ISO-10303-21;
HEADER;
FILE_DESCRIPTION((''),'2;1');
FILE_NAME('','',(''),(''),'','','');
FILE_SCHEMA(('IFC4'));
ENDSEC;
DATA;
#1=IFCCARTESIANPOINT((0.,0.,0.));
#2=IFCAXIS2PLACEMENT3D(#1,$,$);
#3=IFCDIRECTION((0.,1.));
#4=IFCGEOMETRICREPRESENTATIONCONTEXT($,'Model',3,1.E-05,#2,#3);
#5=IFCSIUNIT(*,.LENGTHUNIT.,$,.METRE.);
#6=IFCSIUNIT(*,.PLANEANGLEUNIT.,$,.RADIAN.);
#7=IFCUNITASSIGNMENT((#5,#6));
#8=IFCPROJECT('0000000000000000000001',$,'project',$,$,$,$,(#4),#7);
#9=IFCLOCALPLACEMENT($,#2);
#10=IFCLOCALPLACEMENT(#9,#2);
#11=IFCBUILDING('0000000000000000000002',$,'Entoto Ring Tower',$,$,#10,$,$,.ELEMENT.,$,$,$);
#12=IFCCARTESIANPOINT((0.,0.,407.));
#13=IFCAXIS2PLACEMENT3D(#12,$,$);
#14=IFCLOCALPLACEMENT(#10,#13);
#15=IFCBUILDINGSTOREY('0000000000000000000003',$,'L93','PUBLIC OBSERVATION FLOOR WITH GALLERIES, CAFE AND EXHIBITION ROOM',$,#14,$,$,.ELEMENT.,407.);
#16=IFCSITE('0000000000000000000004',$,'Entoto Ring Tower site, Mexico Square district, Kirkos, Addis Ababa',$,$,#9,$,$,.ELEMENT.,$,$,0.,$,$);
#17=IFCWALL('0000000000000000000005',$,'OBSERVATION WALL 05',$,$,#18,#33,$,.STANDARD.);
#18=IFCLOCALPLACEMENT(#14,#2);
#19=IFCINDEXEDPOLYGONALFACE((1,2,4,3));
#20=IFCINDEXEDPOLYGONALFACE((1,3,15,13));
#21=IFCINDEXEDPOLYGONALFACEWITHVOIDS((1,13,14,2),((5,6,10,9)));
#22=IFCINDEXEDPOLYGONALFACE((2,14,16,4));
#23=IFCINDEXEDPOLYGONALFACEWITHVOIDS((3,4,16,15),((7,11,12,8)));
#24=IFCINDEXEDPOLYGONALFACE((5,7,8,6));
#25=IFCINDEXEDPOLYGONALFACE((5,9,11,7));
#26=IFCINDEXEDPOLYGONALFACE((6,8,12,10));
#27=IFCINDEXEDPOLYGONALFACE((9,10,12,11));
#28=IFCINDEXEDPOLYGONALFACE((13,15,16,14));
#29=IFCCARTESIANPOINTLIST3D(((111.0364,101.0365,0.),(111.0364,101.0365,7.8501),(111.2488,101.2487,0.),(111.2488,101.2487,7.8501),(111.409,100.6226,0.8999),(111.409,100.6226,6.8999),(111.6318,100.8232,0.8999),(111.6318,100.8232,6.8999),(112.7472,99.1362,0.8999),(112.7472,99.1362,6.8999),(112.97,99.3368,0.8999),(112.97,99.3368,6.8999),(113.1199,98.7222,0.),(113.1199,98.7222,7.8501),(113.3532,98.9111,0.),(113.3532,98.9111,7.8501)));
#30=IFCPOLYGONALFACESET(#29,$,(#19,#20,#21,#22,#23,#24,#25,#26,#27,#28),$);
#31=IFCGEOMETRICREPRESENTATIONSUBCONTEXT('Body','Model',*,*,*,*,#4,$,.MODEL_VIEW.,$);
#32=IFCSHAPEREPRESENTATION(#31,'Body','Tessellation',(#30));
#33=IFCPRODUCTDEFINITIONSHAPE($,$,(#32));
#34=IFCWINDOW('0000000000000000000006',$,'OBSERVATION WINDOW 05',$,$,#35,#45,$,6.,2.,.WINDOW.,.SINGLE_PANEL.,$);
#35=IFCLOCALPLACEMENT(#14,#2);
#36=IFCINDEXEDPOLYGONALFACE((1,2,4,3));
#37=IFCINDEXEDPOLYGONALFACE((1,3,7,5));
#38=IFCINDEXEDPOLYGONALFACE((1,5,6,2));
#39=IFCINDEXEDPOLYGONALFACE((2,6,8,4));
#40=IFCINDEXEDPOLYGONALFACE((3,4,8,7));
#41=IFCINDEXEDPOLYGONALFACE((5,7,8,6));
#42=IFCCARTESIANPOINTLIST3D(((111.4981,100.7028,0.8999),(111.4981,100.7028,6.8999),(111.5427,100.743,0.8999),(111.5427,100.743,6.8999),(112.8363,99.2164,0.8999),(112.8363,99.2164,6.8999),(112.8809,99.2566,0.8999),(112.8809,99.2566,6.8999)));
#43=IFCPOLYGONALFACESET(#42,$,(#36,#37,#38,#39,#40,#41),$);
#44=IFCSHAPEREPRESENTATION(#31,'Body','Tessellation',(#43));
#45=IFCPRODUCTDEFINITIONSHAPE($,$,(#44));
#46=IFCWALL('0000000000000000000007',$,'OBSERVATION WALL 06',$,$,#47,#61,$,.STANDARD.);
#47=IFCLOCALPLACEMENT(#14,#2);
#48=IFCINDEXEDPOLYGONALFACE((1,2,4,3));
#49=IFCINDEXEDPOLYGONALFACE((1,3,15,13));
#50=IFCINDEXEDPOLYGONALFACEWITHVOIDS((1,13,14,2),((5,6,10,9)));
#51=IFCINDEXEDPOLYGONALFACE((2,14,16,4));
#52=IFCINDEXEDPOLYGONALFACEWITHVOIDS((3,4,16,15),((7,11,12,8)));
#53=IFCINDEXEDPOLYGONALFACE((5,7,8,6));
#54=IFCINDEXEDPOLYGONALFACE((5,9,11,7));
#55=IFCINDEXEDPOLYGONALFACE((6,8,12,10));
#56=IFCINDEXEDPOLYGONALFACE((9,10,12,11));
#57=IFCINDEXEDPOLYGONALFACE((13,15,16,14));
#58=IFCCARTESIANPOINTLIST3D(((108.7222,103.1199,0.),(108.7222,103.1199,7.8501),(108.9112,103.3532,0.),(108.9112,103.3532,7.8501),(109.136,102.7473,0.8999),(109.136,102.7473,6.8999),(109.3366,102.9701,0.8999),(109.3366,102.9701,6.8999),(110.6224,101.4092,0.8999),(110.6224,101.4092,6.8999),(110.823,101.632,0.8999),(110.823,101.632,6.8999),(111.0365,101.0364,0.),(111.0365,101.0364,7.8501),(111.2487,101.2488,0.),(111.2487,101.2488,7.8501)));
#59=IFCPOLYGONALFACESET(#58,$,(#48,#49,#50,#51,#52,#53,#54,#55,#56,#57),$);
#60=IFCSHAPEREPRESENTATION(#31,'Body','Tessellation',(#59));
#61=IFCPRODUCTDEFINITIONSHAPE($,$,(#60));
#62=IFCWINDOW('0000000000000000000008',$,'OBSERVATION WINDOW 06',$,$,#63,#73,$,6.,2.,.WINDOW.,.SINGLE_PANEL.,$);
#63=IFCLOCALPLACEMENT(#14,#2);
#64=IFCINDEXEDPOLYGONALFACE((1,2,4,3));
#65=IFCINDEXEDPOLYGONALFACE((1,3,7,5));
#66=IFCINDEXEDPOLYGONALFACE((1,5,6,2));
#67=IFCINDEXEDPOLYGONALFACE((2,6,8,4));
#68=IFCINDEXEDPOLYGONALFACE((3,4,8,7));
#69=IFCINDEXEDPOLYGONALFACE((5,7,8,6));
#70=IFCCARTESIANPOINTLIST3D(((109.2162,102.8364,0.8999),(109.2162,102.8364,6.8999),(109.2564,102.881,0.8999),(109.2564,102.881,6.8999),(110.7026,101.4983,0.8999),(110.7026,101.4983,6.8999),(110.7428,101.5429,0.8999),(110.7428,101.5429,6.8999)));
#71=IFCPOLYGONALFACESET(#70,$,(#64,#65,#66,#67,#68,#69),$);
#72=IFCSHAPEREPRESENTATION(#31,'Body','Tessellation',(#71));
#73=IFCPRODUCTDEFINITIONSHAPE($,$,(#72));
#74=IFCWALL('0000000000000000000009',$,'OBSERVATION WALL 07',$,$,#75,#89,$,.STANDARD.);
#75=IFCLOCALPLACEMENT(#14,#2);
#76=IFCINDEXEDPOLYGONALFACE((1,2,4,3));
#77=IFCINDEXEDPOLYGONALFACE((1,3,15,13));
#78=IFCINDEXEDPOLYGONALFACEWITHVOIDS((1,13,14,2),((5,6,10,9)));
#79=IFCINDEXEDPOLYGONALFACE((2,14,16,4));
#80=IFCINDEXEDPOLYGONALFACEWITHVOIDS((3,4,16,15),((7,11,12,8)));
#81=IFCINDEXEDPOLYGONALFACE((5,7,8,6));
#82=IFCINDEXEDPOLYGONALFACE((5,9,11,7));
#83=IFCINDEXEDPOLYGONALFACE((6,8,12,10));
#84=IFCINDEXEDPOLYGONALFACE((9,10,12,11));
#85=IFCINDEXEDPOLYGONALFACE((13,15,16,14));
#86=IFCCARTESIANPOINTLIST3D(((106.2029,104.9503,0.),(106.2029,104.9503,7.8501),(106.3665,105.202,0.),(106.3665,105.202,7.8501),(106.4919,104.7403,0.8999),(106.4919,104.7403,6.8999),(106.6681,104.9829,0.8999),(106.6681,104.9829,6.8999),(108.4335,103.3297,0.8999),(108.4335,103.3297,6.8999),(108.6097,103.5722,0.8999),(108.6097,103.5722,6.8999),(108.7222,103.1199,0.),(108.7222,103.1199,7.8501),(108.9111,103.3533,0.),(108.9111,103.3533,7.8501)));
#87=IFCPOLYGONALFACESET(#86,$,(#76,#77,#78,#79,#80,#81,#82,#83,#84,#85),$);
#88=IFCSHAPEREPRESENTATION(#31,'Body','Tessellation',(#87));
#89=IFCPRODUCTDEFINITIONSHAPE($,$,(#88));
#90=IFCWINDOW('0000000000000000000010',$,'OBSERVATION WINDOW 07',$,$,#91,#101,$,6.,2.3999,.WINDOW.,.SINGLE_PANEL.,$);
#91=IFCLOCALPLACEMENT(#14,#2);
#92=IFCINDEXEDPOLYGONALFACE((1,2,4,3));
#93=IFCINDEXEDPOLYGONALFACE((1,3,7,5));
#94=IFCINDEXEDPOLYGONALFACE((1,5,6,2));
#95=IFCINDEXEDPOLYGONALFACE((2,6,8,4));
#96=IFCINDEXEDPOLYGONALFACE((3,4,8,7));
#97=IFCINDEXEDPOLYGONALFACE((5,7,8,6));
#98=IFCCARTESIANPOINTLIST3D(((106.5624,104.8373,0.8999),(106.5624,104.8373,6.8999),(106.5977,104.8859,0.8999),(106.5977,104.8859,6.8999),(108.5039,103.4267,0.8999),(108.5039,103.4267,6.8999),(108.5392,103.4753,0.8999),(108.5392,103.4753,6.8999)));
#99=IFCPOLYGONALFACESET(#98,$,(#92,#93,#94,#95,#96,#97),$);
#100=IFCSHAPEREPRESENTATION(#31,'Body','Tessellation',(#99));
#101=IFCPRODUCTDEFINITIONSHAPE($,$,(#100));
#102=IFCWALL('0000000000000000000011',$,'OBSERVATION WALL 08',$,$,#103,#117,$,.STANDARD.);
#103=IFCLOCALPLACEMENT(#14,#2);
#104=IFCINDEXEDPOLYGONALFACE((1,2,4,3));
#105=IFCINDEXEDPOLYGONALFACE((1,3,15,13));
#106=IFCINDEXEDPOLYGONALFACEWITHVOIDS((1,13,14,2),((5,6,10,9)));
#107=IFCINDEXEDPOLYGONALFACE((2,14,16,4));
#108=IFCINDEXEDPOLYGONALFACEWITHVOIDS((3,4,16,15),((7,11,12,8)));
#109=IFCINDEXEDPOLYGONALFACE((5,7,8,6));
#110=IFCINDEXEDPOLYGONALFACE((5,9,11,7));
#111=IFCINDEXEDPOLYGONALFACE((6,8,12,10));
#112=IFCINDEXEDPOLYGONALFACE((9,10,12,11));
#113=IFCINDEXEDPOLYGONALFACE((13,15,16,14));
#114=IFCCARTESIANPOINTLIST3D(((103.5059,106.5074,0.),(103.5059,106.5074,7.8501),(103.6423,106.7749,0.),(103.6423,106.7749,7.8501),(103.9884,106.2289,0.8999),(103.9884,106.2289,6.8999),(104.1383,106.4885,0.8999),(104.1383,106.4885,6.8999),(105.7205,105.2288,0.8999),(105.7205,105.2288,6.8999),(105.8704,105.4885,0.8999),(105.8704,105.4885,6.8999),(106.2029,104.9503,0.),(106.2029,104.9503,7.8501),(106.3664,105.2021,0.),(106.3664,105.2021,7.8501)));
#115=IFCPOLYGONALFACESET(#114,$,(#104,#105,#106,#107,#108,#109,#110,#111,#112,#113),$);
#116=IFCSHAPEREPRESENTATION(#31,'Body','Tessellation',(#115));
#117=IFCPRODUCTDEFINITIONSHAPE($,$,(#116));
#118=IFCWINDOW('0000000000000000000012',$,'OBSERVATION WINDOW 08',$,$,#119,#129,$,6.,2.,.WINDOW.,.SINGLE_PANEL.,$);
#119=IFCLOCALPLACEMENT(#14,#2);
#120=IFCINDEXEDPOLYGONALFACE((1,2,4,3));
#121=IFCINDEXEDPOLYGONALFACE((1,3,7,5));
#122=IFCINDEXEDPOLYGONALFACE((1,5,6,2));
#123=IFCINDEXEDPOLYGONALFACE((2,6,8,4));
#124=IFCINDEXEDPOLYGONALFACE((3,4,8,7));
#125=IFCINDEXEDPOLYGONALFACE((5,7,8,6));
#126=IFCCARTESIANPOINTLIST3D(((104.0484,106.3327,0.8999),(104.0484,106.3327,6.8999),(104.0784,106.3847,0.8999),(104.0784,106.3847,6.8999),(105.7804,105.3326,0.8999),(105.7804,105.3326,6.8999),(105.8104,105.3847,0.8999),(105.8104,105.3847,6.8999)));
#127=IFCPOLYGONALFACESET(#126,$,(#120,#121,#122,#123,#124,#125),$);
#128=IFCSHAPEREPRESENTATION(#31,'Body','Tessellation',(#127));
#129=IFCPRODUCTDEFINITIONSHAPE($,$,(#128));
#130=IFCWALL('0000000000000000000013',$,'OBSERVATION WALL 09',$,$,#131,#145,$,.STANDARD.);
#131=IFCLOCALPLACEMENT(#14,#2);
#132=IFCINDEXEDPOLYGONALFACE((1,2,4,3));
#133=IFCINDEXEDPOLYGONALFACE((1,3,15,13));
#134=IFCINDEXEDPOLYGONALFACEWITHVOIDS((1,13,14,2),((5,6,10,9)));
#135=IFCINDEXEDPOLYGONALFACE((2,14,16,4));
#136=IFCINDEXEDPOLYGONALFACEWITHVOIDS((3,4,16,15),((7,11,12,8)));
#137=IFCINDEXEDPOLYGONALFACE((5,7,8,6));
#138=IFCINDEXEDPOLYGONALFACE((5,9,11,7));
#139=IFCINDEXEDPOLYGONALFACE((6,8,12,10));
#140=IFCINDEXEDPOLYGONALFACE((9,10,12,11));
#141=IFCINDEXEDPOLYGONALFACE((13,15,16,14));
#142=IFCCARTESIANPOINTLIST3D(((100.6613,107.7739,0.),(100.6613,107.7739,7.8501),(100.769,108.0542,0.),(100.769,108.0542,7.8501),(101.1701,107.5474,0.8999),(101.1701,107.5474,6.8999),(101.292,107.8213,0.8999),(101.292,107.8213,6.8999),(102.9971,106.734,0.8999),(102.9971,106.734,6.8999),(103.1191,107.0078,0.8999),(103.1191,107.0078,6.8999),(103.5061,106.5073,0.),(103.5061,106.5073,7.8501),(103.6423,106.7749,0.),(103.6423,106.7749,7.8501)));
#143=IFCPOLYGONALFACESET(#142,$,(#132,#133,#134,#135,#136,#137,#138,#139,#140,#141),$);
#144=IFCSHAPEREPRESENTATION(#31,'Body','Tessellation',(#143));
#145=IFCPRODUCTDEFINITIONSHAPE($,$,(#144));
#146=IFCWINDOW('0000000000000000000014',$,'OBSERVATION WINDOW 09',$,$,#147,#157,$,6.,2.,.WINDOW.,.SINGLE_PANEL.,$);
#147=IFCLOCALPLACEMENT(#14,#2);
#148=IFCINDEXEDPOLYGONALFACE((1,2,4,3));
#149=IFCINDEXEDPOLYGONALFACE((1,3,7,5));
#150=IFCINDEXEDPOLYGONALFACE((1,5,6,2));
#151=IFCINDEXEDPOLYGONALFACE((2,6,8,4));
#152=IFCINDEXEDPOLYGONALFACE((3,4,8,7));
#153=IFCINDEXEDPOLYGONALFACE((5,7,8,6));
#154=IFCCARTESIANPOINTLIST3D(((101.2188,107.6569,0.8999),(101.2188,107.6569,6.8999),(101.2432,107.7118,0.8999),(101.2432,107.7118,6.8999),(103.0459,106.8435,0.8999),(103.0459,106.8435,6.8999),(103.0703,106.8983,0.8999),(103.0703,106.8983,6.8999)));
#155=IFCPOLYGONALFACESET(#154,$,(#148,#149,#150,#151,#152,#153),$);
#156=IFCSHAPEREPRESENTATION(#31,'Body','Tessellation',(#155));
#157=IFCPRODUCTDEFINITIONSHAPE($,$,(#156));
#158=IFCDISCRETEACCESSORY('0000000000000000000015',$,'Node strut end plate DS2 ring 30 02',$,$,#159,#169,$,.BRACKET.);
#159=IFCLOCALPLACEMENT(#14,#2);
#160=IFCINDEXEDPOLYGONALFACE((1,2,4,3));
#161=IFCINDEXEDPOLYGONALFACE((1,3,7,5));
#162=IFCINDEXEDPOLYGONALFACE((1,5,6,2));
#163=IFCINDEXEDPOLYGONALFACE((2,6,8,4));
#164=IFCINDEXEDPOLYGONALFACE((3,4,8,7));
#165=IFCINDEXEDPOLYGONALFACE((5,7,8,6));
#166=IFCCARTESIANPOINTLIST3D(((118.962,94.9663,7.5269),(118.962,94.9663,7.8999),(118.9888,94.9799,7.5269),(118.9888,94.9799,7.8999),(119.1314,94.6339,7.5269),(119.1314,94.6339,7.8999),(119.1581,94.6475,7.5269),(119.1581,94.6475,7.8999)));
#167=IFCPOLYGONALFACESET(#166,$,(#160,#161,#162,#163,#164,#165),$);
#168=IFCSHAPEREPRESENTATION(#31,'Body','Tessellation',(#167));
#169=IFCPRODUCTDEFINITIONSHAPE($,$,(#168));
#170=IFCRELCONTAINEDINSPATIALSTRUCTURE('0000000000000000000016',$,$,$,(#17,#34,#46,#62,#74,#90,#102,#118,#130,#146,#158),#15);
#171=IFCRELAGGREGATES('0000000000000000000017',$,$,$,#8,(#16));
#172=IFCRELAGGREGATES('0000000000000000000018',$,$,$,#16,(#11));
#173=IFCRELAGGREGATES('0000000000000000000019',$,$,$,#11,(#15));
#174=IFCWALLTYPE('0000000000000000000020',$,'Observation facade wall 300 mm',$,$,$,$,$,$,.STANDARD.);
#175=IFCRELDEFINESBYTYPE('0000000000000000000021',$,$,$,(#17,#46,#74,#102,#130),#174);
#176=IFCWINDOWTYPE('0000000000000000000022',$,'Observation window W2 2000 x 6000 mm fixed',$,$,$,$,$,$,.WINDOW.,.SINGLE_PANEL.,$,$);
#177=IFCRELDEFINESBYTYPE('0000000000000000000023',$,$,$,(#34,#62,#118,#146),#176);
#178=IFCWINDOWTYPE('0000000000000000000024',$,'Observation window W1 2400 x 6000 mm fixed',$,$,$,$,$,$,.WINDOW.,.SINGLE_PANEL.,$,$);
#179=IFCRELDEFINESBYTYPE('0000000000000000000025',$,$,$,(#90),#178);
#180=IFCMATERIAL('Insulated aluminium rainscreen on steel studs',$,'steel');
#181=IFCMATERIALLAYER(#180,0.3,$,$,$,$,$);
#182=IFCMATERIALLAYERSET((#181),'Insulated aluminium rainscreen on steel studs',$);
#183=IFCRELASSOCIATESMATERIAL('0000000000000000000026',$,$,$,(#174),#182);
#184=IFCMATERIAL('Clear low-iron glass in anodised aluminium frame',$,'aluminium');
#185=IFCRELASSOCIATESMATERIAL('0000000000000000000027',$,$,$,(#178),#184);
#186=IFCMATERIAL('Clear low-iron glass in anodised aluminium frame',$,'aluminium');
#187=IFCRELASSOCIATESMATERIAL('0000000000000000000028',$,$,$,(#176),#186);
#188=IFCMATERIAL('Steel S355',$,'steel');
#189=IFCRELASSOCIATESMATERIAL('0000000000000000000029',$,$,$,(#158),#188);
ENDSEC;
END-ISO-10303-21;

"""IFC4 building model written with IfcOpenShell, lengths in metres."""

from ifc_helpers import new_model, si_unit, direction, frame, frame_2d, origin, origin_2d, place, context, subcontext, project, spatial, polyline, rectangle, outline, extrude, material, layer, layer_set, type_object, element, fill, save


model = new_model("IFC4")

# Units and contexts
model_context = context("Model", 3, precision=1e-05, world=origin(), true_north=direction((0.0, 1.0)))
body_context = subcontext(model_context, "Body", "Model", "MODEL_VIEW")
ifc_project = project(units=[si_unit("LENGTHUNIT", "METRE"), si_unit("PLANEANGLEUNIT", "RADIAN")], contexts=[model_context])

# Site, building, storey
site_placement = place(None, origin())
site = spatial("IfcSite", under=ifc_project, at=site_placement, Name="Entoto Ring Tower site, Mexico Square district, Kirkos, Addis Ababa", CompositionType="ELEMENT", RefElevation=0.0)
building_placement = place(site_placement, origin())
building = spatial("IfcBuilding", under=site, at=building_placement, Name="Entoto Ring Tower", CompositionType="ELEMENT")
storey_placement = place(building_placement, frame((0.0, 0.0, 407.0)))
storey = spatial("IfcBuildingStorey", under=building, at=storey_placement, Name="L93", Description="PUBLIC OBSERVATION FLOOR WITH GALLERIES, CAFE AND EXHIBITION ROOM", CompositionType="ELEMENT", Elevation=407.0)

# Walls, openings, windows
ifc_material_1 = material(Name="Insulated aluminium rainscreen on steel studs", Category="steel")
ifc_layer = layer(ifc_material_1, 0.3)
ifc_layer_set = layer_set([ifc_layer], Name="Insulated aluminium rainscreen on steel studs")
wall_type = type_object("IfcWallType", Name="Observation facade wall 300 mm", PredefinedType="STANDARD", material=ifc_layer_set)
ifc_material_2 = material(Name="Clear low-iron glass in anodised aluminium frame", Category="aluminium")
window_type_1 = type_object("IfcWindowType", Name="Observation window W1 2400 x 6000 mm fixed", PartitioningType="SINGLE_PANEL", PredefinedType="WINDOW", material=ifc_material_2)
wall_1_placement = place(storey_placement, frame((113.2366, 98.8167, 0.0), z_axis=(0.0, 0.0, 1.0), x_axis=(-0.669081, 0.743189, 0.0)))
wall_1 = element("IfcWall", 1, at=wall_1_placement, inside=storey, type_object=wall_type, Name="OBSERVATION WALL 05", PredefinedType="STANDARD", context=body_context, shape_type="SweptSolid", body=[
    extrude(outline(polyline([(-0.0078, -0.1499), (3.1375, -0.1499), (3.1218, 0.1499), (0.0078, 0.1499), (-0.0078, -0.1499)])), origin(), (0.0, 0.0, 1.0), 7.8501),
])
opening_1_placement = place(wall_1_placement, frame((0.5649, 0.0, 0.8999)))
opening_1 = element("IfcOpeningElement", 2, at=opening_1_placement, cuts=wall_1, PredefinedType="OPENING", context=body_context, shape_type="SweptSolid", body=[
    extrude(rectangle(XDim=2.0, YDim=6.0, at=frame_2d((1.0, 3.0))), frame((0.0, 0.1602, 0.0), z_axis=(0.0, -1.0, 0.0), x_axis=(1.0, 0.0, 0.0)), (0.0, 0.0, 1.0), 0.3201),
])
ifc_material_3 = material(Name="Clear low-iron glass in anodised aluminium frame", Category="aluminium")
window_type_2 = type_object("IfcWindowType", Name="Observation window W2 2000 x 6000 mm fixed", PartitioningType="SINGLE_PANEL", PredefinedType="WINDOW", material=ifc_material_3)
window_1_placement = place(opening_1_placement, origin())
window_1 = element("IfcWindow", 3, at=window_1_placement, inside=storey, type_object=window_type_2, Name="OBSERVATION WINDOW 05", OverallHeight=6.0, OverallWidth=2.0, PartitioningType="SINGLE_PANEL", PredefinedType="WINDOW", context=body_context, shape_type="SweptSolid", body=[
    extrude(rectangle(XDim=2.0, YDim=6.0, at=frame_2d((1.0, 3.0))), frame((0.0, 0.03, 0.0), z_axis=(0.0, -1.0, 0.0), x_axis=(1.0, 0.0, 0.0)), (0.0, 0.0, 1.0), 0.0601),
])
fill(opening_1, window_1)
wall_2_placement = place(storey_placement, frame((111.1426, 101.1426, 0.0), z_axis=(0.0, 0.0, 1.0), x_axis=(-0.743189, 0.669081, 0.0)))
wall_2 = element("IfcWall", 4, at=wall_2_placement, inside=storey, type_object=wall_type, Name="OBSERVATION WALL 06", PredefinedType="STANDARD", context=body_context, shape_type="SweptSolid", body=[
    extrude(outline(polyline([(-0.0078, -0.1499), (3.1375, -0.1499), (3.1218, 0.1499), (0.0078, 0.1499), (-0.0078, -0.1499)])), origin(), (0.0, 0.0, 1.0), 7.8501),
])
opening_2_placement = place(wall_2_placement, frame((0.5649, 0.0, 0.8999)))
opening_2 = element("IfcOpeningElement", 5, at=opening_2_placement, cuts=wall_2, PredefinedType="OPENING", context=body_context, shape_type="SweptSolid", body=[
    extrude(rectangle(XDim=2.0, YDim=6.0, at=frame_2d((1.0, 3.0))), frame((0.0, 0.1602, 0.0), z_axis=(0.0, -1.0, 0.0), x_axis=(1.0, 0.0, 0.0)), (0.0, 0.0, 1.0), 0.3201),
])
window_2_placement = place(opening_2_placement, origin())
window_2 = element("IfcWindow", 6, at=window_2_placement, inside=storey, type_object=window_type_2, Name="OBSERVATION WINDOW 06", OverallHeight=6.0, OverallWidth=2.0, PartitioningType="SINGLE_PANEL", PredefinedType="WINDOW", context=body_context, shape_type="SweptSolid", body=[
    extrude(rectangle(XDim=2.0, YDim=6.0, at=frame_2d((1.0, 3.0))), frame((0.0, 0.03, 0.0), z_axis=(0.0, -1.0, 0.0), x_axis=(1.0, 0.0, 0.0)), (0.0, 0.0, 1.0), 0.0601),
])
fill(opening_2, window_2)
wall_3_placement = place(storey_placement, frame((108.8167, 103.2366, 0.0), z_axis=(0.0, 0.0, 1.0), x_axis=(-0.809016, 0.587787, 0.0)))
wall_3 = element("IfcWall", 7, at=wall_3_placement, inside=storey, type_object=wall_type, Name="OBSERVATION WALL 07", PredefinedType="STANDARD", context=body_context, shape_type="SweptSolid", body=[
    extrude(outline(polyline([(-0.0078, -0.1499), (3.1375, -0.1499), (3.1218, 0.1499), (0.0078, 0.1499), (-0.0078, -0.1499)])), origin(), (0.0, 0.0, 1.0), 7.8501),
])
opening_3_placement = place(wall_3_placement, frame((0.3647, 0.0, 0.8999)))
opening_3 = element("IfcOpeningElement", 8, at=opening_3_placement, cuts=wall_3, PredefinedType="OPENING", context=body_context, shape_type="SweptSolid", body=[
    extrude(rectangle(XDim=2.3999, YDim=6.0, at=frame_2d((1.2, 3.0))), frame((0.0, 0.1602, 0.0), z_axis=(0.0, -1.0, 0.0), x_axis=(1.0, 0.0, 0.0)), (0.0, 0.0, 1.0), 0.3201),
])
window_3_placement = place(opening_3_placement, origin())
window_3 = element("IfcWindow", 9, at=window_3_placement, inside=storey, type_object=window_type_1, Name="OBSERVATION WINDOW 07", OverallHeight=6.0, OverallWidth=2.3999, PartitioningType="SINGLE_PANEL", PredefinedType="WINDOW", context=body_context, shape_type="SweptSolid", body=[
    extrude(rectangle(XDim=2.3999, YDim=6.0, at=frame_2d((1.2, 3.0))), frame((0.0, 0.03, 0.0), z_axis=(0.0, -1.0, 0.0), x_axis=(1.0, 0.0, 0.0)), (0.0, 0.0, 1.0), 0.0601),
])
fill(opening_3, window_3)
wall_4_placement = place(storey_placement, frame((106.2847, 105.0762, 0.0), z_axis=(0.0, 0.0, 1.0), x_axis=(-0.866017, 0.500015, 0.0)))
wall_4 = element("IfcWall", 10, at=wall_4_placement, inside=storey, type_object=wall_type, Name="OBSERVATION WALL 08", PredefinedType="STANDARD", context=body_context, shape_type="SweptSolid", body=[
    extrude(outline(polyline([(-0.0078, -0.1499), (3.1377, -0.1499), (3.1221, 0.1499), (0.0078, 0.1499), (-0.0078, -0.1499)])), origin(), (0.0, 0.0, 1.0), 7.8501),
])
opening_4_placement = place(wall_4_placement, frame((0.5649, 0.0, 0.8999)))
opening_4 = element("IfcOpeningElement", 11, at=opening_4_placement, cuts=wall_4, PredefinedType="OPENING", context=body_context, shape_type="SweptSolid", body=[
    extrude(rectangle(XDim=2.0, YDim=6.0, at=frame_2d((1.0, 3.0))), frame((0.0, 0.1602, 0.0), z_axis=(0.0, -1.0, 0.0), x_axis=(1.0, 0.0, 0.0)), (0.0, 0.0, 1.0), 0.3201),
])
window_4_placement = place(opening_4_placement, origin())
window_4 = element("IfcWindow", 12, at=window_4_placement, inside=storey, type_object=window_type_2, Name="OBSERVATION WINDOW 08", OverallHeight=6.0, OverallWidth=2.0, PartitioningType="SINGLE_PANEL", PredefinedType="WINDOW", context=body_context, shape_type="SweptSolid", body=[
    extrude(rectangle(XDim=2.0, YDim=6.0, at=frame_2d((1.0, 3.0))), frame((0.0, 0.03, 0.0), z_axis=(0.0, -1.0, 0.0), x_axis=(1.0, 0.0, 0.0)), (0.0, 0.0, 1.0), 0.0601),
])
fill(opening_4, window_4)
wall_5_placement = place(storey_placement, frame((103.5742, 106.6411, 0.0), z_axis=(0.0, 0.0, 1.0), x_axis=(-0.913548, 0.406732, 0.0)))
wall_5 = element("IfcWall", 13, at=wall_5_placement, inside=storey, type_object=wall_type, Name="OBSERVATION WALL 09", PredefinedType="STANDARD", context=body_context, shape_type="SweptSolid", body=[
    extrude(outline(polyline([(-0.0078, -0.1499), (3.1375, -0.1499), (3.1218, 0.1499), (0.0078, 0.1499), (-0.0078, -0.1499)])), origin(), (0.0, 0.0, 1.0), 7.8501),
])
opening_5_placement = place(wall_5_placement, frame((0.5649, 0.0, 0.8999)))
opening_5 = element("IfcOpeningElement", 14, at=opening_5_placement, cuts=wall_5, PredefinedType="OPENING", context=body_context, shape_type="SweptSolid", body=[
    extrude(rectangle(XDim=2.0, YDim=6.0, at=frame_2d((1.0, 3.0))), frame((0.0, 0.1602, 0.0), z_axis=(0.0, -1.0, 0.0), x_axis=(1.0, 0.0, 0.0)), (0.0, 0.0, 1.0), 0.3201),
])
window_5_placement = place(opening_5_placement, origin())
window_5 = element("IfcWindow", 15, at=window_5_placement, inside=storey, type_object=window_type_2, Name="OBSERVATION WINDOW 09", OverallHeight=6.0, OverallWidth=2.0, PartitioningType="SINGLE_PANEL", PredefinedType="WINDOW", context=body_context, shape_type="SweptSolid", body=[
    extrude(rectangle(XDim=2.0, YDim=6.0, at=frame_2d((1.0, 3.0))), frame((0.0, 0.03, 0.0), z_axis=(0.0, -1.0, 0.0), x_axis=(1.0, 0.0, 0.0)), (0.0, 0.0, 1.0), 0.0601),
])
fill(opening_5, window_5)

# Discrete accessory
ifc_material_4 = material(Name="Steel S355", Category="steel")
for number, where, z_axis, x_axis, name in (
    (16, (119.0601, 94.8069, 7.5269), (0.0, 0.0, 1.0), (0.891007, 0.45399, 0.0), "Node strut end plate DS2 ring 30 02"),
):
    element("IfcDiscreteAccessory", number, at=place(storey_placement, frame(where, z_axis=z_axis, x_axis=x_axis)), inside=storey, material=ifc_material_4, Name=name, PredefinedType="BRACKET", context=body_context, shape_type="SweptSolid", body=[
        extrude(rectangle(XDim=0.03, YDim=0.373, at=origin_2d()), origin(), (0.0, 0.0, 1.0), 0.373),
    ])

save(model, "model.ifc")
